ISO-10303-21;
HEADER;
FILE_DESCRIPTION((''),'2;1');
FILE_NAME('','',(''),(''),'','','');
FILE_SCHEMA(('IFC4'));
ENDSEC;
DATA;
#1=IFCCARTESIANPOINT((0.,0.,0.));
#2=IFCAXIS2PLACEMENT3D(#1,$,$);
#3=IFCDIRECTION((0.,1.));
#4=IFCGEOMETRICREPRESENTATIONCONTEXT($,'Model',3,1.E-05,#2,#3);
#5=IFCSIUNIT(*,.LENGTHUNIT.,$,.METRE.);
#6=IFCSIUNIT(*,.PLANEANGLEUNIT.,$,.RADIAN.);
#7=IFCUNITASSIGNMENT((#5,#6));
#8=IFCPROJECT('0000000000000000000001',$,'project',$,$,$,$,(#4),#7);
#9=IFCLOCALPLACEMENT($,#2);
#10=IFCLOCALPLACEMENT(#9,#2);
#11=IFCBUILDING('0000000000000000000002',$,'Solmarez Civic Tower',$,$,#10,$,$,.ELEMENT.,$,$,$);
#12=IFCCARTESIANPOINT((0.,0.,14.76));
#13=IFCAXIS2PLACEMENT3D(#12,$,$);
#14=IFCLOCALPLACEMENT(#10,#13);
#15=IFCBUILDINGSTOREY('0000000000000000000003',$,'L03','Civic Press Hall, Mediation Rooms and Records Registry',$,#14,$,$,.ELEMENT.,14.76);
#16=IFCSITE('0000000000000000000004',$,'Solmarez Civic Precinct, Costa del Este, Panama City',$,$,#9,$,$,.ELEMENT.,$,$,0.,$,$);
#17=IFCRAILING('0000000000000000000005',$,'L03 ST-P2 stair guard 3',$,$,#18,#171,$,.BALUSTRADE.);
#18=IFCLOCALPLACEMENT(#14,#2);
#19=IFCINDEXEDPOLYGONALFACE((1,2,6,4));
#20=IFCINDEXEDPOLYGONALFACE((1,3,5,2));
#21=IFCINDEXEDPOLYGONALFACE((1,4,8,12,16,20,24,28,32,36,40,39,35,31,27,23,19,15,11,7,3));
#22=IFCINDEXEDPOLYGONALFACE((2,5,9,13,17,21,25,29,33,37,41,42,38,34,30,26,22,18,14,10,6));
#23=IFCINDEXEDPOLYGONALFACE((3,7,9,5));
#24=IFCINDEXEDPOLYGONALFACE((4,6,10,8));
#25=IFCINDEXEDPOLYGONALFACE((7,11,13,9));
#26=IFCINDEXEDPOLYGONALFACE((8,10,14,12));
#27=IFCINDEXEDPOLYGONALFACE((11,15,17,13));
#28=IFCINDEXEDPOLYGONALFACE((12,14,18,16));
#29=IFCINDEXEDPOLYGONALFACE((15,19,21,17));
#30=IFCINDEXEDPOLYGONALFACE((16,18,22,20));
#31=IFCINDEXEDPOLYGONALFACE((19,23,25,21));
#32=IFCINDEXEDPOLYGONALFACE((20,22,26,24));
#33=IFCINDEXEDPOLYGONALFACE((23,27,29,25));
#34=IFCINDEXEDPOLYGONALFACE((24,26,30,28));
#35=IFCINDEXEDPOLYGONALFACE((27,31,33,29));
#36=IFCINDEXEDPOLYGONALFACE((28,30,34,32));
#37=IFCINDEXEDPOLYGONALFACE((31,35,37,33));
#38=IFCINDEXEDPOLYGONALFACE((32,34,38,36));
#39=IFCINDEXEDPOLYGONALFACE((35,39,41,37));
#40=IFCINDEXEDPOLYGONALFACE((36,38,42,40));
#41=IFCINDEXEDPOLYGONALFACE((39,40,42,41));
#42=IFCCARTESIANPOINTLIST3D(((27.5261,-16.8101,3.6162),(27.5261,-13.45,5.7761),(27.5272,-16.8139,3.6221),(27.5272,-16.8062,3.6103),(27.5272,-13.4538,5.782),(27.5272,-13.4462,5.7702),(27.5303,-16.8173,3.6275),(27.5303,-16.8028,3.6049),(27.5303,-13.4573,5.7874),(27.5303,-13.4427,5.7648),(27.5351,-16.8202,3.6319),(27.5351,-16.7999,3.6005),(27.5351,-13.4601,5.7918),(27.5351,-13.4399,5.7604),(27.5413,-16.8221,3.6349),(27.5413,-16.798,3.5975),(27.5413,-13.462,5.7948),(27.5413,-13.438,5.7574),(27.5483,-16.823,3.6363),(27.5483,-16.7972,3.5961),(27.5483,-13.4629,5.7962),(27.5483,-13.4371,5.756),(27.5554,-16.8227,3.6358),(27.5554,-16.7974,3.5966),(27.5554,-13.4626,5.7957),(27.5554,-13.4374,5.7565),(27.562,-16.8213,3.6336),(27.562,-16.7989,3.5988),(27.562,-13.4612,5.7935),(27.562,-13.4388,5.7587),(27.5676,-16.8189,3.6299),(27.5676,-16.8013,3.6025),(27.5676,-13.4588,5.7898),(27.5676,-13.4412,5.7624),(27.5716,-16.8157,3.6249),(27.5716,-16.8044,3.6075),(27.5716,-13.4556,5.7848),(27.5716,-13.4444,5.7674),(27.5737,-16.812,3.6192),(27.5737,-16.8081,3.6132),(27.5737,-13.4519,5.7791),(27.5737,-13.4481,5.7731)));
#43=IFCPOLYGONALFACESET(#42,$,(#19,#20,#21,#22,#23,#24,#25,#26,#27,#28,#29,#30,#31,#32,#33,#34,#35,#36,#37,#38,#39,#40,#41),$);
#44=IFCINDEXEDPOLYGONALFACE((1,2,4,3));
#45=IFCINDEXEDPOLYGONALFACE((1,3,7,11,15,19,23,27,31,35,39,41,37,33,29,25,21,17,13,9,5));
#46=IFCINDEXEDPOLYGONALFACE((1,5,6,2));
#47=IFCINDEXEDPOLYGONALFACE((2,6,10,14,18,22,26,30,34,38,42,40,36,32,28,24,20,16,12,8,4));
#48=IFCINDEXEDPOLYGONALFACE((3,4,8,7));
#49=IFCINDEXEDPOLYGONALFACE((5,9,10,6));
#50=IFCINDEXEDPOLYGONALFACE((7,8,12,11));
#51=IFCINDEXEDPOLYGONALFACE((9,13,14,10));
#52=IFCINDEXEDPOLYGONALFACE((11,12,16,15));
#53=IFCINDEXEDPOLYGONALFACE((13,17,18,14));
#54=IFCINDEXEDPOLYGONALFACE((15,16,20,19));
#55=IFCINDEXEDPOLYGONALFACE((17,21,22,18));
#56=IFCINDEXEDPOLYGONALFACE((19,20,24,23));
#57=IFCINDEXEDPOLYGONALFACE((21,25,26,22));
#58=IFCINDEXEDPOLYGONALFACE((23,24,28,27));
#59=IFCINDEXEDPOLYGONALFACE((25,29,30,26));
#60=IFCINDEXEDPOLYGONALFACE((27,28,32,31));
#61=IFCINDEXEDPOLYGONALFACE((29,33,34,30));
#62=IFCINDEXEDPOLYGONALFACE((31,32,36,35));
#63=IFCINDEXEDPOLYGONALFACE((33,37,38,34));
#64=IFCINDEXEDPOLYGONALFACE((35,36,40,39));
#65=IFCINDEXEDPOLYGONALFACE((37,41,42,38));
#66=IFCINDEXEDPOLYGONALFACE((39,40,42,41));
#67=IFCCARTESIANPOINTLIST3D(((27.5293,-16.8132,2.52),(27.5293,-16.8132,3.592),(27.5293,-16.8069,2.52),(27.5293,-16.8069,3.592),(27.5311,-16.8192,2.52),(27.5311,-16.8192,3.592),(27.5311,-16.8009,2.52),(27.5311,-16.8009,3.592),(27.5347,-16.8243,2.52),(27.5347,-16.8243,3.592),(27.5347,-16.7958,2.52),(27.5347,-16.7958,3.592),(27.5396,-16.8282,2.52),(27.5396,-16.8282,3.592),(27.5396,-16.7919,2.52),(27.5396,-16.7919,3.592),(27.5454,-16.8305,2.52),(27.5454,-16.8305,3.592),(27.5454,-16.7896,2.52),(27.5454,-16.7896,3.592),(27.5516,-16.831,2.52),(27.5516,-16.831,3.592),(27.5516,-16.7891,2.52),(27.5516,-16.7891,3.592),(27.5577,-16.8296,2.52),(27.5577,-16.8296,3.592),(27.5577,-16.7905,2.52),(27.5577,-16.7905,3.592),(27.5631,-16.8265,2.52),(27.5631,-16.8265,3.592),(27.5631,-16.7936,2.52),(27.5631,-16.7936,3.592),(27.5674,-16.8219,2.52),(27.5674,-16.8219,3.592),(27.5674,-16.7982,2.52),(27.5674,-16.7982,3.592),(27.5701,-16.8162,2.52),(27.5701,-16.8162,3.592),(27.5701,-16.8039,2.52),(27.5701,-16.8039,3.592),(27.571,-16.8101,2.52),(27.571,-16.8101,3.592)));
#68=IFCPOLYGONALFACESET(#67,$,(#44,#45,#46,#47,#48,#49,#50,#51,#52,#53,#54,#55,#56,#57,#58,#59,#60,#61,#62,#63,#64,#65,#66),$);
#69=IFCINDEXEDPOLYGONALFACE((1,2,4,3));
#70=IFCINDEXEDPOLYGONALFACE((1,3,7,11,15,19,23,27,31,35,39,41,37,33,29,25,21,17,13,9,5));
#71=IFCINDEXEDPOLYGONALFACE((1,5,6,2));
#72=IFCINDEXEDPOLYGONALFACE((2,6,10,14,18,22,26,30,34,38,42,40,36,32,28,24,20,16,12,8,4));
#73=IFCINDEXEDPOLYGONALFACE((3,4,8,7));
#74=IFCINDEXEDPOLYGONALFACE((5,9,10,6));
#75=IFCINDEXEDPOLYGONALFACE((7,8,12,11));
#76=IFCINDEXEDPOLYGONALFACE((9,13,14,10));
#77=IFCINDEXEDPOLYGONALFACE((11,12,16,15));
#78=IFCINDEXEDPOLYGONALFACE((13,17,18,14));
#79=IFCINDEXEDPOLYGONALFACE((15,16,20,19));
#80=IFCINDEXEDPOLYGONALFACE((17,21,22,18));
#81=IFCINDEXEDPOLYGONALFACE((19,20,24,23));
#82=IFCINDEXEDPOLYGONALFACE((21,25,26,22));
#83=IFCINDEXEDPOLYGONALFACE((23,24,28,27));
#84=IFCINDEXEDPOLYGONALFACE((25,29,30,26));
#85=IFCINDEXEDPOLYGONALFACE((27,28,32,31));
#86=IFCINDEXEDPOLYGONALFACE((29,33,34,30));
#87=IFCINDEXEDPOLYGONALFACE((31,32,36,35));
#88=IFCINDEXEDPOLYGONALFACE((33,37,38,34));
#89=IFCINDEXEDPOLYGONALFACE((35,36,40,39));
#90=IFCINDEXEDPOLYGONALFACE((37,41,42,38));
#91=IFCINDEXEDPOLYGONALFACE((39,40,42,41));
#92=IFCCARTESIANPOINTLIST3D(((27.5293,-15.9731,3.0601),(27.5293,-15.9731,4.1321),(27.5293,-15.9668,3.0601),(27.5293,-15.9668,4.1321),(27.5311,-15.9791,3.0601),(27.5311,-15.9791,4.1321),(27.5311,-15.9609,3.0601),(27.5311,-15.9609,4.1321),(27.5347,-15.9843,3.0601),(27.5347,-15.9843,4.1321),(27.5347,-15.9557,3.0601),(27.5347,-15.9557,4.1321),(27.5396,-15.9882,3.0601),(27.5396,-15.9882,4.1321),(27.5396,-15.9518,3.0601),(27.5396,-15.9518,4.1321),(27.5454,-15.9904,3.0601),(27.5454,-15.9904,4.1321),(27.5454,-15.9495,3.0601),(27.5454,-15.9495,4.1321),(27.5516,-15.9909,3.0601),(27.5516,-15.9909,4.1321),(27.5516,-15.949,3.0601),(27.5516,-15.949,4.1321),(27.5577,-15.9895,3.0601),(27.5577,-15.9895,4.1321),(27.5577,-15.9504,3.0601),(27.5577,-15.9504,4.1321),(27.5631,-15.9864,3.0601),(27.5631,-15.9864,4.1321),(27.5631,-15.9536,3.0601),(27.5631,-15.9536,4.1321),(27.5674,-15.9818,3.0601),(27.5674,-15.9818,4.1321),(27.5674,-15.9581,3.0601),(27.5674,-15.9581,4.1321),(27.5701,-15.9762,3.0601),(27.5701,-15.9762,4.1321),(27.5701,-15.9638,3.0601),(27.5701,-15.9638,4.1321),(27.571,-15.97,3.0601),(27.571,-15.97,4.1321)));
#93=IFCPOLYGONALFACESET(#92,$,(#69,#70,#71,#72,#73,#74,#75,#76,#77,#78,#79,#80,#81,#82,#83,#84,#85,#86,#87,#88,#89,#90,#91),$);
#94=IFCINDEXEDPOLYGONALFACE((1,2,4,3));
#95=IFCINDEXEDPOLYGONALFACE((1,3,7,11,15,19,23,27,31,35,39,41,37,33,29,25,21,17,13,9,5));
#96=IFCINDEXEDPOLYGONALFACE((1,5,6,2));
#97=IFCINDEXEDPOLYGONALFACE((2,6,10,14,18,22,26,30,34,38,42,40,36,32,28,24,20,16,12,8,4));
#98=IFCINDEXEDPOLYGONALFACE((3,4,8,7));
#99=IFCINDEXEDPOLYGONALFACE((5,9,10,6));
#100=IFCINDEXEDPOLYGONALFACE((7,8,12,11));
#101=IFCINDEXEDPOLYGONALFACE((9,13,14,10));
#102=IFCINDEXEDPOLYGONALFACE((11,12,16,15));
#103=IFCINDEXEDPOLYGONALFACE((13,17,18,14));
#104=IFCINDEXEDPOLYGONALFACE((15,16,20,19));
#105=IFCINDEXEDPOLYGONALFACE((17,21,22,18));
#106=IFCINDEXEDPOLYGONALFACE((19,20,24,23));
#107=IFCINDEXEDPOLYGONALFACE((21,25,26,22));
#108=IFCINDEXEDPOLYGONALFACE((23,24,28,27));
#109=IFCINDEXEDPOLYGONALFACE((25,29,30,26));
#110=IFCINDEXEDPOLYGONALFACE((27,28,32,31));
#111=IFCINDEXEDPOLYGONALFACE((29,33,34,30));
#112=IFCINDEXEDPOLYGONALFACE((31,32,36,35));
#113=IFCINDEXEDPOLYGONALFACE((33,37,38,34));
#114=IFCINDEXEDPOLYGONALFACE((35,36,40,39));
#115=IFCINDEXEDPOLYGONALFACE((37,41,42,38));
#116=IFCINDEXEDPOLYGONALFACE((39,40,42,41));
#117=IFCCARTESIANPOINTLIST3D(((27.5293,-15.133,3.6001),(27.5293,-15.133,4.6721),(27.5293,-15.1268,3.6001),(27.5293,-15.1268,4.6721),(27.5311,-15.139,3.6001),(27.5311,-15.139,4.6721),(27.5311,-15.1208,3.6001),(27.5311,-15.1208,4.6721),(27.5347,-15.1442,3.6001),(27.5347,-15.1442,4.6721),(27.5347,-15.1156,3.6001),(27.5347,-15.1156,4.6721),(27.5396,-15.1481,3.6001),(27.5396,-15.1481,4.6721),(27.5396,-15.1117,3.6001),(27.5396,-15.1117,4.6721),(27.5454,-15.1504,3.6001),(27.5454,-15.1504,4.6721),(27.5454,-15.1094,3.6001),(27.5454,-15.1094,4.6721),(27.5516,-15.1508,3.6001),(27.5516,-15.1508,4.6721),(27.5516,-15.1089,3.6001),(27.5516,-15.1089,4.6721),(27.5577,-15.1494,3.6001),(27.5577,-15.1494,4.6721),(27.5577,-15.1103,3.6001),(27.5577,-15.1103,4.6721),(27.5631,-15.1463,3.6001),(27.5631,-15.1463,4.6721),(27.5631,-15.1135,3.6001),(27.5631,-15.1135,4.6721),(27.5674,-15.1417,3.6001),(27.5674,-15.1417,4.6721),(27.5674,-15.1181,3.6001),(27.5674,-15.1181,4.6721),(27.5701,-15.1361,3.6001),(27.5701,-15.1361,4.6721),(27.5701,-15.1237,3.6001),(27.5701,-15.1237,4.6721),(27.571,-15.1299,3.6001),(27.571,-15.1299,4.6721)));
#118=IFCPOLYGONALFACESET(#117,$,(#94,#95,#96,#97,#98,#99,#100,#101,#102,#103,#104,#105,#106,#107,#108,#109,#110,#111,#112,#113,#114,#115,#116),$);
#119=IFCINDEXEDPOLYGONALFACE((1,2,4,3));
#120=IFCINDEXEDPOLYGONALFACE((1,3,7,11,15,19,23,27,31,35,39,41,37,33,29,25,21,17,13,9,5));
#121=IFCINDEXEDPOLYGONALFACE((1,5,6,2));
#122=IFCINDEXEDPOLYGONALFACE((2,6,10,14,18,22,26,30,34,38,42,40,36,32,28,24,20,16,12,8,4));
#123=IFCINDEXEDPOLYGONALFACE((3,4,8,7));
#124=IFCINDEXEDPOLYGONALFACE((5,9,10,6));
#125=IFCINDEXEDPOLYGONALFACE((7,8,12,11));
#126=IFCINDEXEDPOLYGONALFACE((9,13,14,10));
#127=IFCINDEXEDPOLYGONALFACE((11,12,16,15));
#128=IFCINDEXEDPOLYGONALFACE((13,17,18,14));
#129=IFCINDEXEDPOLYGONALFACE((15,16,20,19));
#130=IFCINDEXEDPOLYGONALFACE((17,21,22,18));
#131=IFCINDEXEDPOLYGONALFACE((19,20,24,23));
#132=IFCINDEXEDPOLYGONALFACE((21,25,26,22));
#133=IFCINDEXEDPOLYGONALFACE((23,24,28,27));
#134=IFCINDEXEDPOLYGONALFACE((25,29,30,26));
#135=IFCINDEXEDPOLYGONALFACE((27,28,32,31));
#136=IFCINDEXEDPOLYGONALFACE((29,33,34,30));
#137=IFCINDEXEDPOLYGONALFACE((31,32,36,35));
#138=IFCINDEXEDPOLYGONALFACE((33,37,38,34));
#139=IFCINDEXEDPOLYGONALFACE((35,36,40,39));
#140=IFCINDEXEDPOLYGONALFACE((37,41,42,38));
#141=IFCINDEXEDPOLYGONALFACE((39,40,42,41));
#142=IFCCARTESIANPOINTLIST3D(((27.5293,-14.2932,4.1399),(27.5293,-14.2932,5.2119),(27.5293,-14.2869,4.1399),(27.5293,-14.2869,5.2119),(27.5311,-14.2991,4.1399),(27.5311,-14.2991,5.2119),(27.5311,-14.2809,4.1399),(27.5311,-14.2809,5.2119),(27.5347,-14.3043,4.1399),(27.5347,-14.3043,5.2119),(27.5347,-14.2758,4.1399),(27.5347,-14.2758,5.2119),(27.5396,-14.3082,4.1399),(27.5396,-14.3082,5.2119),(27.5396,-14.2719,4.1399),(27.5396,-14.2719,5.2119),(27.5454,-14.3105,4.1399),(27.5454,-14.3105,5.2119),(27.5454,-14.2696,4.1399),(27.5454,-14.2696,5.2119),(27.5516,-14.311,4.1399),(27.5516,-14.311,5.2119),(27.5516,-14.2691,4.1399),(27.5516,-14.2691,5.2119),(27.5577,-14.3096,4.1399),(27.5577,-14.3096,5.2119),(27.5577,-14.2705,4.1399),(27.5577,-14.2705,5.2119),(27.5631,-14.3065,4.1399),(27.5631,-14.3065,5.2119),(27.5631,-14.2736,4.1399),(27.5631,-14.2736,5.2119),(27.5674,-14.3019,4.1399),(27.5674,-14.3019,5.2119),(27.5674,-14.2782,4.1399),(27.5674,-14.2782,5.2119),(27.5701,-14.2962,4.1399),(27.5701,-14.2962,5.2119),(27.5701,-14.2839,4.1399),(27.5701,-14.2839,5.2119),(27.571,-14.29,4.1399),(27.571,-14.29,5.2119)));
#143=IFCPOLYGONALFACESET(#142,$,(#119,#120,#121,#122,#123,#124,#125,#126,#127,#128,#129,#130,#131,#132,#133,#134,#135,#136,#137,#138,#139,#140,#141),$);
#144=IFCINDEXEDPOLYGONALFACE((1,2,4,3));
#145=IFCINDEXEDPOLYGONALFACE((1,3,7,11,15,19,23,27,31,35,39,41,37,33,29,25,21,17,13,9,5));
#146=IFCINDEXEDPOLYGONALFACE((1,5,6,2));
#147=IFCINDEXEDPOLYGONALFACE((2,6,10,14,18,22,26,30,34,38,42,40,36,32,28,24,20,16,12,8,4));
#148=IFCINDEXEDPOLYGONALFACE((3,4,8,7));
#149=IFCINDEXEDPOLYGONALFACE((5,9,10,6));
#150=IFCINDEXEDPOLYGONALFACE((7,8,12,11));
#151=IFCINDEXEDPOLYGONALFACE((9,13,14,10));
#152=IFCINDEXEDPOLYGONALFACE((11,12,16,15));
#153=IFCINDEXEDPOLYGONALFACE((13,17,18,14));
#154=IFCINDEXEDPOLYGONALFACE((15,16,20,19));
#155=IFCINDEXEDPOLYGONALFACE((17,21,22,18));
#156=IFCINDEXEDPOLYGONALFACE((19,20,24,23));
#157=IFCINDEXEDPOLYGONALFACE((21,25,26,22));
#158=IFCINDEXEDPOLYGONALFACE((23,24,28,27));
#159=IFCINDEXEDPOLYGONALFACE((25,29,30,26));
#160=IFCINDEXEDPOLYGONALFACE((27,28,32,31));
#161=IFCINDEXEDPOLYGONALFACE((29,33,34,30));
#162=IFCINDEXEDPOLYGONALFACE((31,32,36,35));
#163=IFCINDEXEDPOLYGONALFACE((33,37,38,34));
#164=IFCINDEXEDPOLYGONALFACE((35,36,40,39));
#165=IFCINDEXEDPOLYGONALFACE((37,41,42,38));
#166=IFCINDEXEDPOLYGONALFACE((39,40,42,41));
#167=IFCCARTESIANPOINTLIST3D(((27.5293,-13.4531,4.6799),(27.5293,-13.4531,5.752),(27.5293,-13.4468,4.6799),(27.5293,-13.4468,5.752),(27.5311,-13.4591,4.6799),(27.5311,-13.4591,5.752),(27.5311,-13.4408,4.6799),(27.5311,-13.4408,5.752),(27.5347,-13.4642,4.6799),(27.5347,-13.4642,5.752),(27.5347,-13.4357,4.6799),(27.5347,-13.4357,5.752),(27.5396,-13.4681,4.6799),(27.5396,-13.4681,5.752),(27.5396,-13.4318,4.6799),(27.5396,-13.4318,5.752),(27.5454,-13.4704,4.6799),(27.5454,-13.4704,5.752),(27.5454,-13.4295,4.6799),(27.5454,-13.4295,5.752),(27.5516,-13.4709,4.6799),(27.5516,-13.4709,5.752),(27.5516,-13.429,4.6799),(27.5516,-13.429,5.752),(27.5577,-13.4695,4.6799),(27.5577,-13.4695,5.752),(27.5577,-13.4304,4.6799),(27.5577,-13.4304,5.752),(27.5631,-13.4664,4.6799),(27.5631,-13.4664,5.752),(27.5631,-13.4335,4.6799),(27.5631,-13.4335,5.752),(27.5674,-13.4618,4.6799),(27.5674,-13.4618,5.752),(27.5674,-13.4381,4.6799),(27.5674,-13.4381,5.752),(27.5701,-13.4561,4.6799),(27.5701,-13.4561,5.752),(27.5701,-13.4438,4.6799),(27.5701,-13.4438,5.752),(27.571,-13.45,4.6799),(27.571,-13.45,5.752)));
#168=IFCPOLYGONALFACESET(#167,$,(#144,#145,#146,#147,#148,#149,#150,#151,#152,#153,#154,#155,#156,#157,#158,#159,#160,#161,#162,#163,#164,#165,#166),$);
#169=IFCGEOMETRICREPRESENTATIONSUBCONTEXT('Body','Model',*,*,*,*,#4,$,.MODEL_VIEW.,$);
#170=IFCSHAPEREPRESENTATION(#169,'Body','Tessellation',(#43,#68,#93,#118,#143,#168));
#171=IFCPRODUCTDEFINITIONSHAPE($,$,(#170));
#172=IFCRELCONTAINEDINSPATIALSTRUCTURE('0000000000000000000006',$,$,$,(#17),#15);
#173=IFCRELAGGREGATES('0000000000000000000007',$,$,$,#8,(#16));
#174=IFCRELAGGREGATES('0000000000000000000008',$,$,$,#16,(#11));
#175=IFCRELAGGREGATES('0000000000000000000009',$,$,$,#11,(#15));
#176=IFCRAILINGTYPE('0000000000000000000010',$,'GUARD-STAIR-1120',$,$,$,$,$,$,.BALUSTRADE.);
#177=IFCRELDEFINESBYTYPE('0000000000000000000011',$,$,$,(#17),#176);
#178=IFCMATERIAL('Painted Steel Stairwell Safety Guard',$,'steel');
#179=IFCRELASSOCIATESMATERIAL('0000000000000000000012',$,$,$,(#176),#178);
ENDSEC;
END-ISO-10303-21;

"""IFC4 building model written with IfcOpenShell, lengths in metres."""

from ifc_helpers import new_model, si_unit, direction, frame, origin, origin_2d, place, context, subcontext, project, spatial, circle, extrude, material, type_object, element, save


model = new_model("IFC4")

# Units and contexts
model_context = context("Model", 3, precision=1e-05, world=origin(), true_north=direction((0.0, 1.0)))
body_context = subcontext(model_context, "Body", "Model", "MODEL_VIEW")
ifc_project = project(units=[si_unit("LENGTHUNIT", "METRE"), si_unit("PLANEANGLEUNIT", "RADIAN")], contexts=[model_context])

# Site, building, storey
site_placement = place(None, origin())
site = spatial("IfcSite", under=ifc_project, at=site_placement, Name="Solmarez Civic Precinct, Costa del Este, Panama City", CompositionType="ELEMENT", RefElevation=0.0)
building_placement = place(site_placement, origin())
building = spatial("IfcBuilding", under=site, at=building_placement, Name="Solmarez Civic Tower", CompositionType="ELEMENT")
storey_placement = place(building_placement, frame((0.0, 0.0, 14.76)))
storey = spatial("IfcBuildingStorey", under=building, at=storey_placement, Name="L03", Description="Civic Press Hall, Mediation Rooms and Records Registry", CompositionType="ELEMENT", Elevation=14.76)

# Railing
ifc_material_1 = material(Name="Painted Steel Stairwell Safety Guard", Category="steel")
railing_type_1 = type_object("IfcRailingType", Name="GUARD-STAIR-1120", PredefinedType="BALUSTRADE", material=ifc_material_1)
railing_1_placement = place(storey_placement, frame((27.55, -16.8101, 2.52)))
element("IfcRailing", 1, at=railing_1_placement, inside=storey, type_object=railing_type_1, Name="L03 ST-P2 stair guard 3", PredefinedType="BALUSTRADE", context=body_context, shape_type="SweptSolid", body=[
    extrude(circle(Radius=0.0239, at=origin_2d()), frame((0.0, 0.0, 1.0962), z_axis=(0.0, 0.841196, 0.54073), x_axis=(-1.0, 0.0, 0.0)), (0.0, 0.0, 1.0), 3.9944),
    extrude(circle(Radius=0.021, at=origin_2d()), origin(), (0.0, 0.0, 1.0), 1.072),
    extrude(circle(Radius=0.021, at=origin_2d()), frame((0.0, 0.8401, 0.54)), (0.0, 0.0, 1.0), 1.072),
    extrude(circle(Radius=0.021, at=origin_2d()), frame((0.0, 1.6802, 1.0801)), (0.0, 0.0, 1.0), 1.072),
    extrude(circle(Radius=0.021, at=origin_2d()), frame((0.0, 2.52, 1.6199)), (0.0, 0.0, 1.0), 1.072),
    extrude(circle(Radius=0.021, at=origin_2d()), frame((0.0, 3.3601, 2.1599)), (0.0, 0.0, 1.0), 1.072),
])

save(model, "model.ifc")
